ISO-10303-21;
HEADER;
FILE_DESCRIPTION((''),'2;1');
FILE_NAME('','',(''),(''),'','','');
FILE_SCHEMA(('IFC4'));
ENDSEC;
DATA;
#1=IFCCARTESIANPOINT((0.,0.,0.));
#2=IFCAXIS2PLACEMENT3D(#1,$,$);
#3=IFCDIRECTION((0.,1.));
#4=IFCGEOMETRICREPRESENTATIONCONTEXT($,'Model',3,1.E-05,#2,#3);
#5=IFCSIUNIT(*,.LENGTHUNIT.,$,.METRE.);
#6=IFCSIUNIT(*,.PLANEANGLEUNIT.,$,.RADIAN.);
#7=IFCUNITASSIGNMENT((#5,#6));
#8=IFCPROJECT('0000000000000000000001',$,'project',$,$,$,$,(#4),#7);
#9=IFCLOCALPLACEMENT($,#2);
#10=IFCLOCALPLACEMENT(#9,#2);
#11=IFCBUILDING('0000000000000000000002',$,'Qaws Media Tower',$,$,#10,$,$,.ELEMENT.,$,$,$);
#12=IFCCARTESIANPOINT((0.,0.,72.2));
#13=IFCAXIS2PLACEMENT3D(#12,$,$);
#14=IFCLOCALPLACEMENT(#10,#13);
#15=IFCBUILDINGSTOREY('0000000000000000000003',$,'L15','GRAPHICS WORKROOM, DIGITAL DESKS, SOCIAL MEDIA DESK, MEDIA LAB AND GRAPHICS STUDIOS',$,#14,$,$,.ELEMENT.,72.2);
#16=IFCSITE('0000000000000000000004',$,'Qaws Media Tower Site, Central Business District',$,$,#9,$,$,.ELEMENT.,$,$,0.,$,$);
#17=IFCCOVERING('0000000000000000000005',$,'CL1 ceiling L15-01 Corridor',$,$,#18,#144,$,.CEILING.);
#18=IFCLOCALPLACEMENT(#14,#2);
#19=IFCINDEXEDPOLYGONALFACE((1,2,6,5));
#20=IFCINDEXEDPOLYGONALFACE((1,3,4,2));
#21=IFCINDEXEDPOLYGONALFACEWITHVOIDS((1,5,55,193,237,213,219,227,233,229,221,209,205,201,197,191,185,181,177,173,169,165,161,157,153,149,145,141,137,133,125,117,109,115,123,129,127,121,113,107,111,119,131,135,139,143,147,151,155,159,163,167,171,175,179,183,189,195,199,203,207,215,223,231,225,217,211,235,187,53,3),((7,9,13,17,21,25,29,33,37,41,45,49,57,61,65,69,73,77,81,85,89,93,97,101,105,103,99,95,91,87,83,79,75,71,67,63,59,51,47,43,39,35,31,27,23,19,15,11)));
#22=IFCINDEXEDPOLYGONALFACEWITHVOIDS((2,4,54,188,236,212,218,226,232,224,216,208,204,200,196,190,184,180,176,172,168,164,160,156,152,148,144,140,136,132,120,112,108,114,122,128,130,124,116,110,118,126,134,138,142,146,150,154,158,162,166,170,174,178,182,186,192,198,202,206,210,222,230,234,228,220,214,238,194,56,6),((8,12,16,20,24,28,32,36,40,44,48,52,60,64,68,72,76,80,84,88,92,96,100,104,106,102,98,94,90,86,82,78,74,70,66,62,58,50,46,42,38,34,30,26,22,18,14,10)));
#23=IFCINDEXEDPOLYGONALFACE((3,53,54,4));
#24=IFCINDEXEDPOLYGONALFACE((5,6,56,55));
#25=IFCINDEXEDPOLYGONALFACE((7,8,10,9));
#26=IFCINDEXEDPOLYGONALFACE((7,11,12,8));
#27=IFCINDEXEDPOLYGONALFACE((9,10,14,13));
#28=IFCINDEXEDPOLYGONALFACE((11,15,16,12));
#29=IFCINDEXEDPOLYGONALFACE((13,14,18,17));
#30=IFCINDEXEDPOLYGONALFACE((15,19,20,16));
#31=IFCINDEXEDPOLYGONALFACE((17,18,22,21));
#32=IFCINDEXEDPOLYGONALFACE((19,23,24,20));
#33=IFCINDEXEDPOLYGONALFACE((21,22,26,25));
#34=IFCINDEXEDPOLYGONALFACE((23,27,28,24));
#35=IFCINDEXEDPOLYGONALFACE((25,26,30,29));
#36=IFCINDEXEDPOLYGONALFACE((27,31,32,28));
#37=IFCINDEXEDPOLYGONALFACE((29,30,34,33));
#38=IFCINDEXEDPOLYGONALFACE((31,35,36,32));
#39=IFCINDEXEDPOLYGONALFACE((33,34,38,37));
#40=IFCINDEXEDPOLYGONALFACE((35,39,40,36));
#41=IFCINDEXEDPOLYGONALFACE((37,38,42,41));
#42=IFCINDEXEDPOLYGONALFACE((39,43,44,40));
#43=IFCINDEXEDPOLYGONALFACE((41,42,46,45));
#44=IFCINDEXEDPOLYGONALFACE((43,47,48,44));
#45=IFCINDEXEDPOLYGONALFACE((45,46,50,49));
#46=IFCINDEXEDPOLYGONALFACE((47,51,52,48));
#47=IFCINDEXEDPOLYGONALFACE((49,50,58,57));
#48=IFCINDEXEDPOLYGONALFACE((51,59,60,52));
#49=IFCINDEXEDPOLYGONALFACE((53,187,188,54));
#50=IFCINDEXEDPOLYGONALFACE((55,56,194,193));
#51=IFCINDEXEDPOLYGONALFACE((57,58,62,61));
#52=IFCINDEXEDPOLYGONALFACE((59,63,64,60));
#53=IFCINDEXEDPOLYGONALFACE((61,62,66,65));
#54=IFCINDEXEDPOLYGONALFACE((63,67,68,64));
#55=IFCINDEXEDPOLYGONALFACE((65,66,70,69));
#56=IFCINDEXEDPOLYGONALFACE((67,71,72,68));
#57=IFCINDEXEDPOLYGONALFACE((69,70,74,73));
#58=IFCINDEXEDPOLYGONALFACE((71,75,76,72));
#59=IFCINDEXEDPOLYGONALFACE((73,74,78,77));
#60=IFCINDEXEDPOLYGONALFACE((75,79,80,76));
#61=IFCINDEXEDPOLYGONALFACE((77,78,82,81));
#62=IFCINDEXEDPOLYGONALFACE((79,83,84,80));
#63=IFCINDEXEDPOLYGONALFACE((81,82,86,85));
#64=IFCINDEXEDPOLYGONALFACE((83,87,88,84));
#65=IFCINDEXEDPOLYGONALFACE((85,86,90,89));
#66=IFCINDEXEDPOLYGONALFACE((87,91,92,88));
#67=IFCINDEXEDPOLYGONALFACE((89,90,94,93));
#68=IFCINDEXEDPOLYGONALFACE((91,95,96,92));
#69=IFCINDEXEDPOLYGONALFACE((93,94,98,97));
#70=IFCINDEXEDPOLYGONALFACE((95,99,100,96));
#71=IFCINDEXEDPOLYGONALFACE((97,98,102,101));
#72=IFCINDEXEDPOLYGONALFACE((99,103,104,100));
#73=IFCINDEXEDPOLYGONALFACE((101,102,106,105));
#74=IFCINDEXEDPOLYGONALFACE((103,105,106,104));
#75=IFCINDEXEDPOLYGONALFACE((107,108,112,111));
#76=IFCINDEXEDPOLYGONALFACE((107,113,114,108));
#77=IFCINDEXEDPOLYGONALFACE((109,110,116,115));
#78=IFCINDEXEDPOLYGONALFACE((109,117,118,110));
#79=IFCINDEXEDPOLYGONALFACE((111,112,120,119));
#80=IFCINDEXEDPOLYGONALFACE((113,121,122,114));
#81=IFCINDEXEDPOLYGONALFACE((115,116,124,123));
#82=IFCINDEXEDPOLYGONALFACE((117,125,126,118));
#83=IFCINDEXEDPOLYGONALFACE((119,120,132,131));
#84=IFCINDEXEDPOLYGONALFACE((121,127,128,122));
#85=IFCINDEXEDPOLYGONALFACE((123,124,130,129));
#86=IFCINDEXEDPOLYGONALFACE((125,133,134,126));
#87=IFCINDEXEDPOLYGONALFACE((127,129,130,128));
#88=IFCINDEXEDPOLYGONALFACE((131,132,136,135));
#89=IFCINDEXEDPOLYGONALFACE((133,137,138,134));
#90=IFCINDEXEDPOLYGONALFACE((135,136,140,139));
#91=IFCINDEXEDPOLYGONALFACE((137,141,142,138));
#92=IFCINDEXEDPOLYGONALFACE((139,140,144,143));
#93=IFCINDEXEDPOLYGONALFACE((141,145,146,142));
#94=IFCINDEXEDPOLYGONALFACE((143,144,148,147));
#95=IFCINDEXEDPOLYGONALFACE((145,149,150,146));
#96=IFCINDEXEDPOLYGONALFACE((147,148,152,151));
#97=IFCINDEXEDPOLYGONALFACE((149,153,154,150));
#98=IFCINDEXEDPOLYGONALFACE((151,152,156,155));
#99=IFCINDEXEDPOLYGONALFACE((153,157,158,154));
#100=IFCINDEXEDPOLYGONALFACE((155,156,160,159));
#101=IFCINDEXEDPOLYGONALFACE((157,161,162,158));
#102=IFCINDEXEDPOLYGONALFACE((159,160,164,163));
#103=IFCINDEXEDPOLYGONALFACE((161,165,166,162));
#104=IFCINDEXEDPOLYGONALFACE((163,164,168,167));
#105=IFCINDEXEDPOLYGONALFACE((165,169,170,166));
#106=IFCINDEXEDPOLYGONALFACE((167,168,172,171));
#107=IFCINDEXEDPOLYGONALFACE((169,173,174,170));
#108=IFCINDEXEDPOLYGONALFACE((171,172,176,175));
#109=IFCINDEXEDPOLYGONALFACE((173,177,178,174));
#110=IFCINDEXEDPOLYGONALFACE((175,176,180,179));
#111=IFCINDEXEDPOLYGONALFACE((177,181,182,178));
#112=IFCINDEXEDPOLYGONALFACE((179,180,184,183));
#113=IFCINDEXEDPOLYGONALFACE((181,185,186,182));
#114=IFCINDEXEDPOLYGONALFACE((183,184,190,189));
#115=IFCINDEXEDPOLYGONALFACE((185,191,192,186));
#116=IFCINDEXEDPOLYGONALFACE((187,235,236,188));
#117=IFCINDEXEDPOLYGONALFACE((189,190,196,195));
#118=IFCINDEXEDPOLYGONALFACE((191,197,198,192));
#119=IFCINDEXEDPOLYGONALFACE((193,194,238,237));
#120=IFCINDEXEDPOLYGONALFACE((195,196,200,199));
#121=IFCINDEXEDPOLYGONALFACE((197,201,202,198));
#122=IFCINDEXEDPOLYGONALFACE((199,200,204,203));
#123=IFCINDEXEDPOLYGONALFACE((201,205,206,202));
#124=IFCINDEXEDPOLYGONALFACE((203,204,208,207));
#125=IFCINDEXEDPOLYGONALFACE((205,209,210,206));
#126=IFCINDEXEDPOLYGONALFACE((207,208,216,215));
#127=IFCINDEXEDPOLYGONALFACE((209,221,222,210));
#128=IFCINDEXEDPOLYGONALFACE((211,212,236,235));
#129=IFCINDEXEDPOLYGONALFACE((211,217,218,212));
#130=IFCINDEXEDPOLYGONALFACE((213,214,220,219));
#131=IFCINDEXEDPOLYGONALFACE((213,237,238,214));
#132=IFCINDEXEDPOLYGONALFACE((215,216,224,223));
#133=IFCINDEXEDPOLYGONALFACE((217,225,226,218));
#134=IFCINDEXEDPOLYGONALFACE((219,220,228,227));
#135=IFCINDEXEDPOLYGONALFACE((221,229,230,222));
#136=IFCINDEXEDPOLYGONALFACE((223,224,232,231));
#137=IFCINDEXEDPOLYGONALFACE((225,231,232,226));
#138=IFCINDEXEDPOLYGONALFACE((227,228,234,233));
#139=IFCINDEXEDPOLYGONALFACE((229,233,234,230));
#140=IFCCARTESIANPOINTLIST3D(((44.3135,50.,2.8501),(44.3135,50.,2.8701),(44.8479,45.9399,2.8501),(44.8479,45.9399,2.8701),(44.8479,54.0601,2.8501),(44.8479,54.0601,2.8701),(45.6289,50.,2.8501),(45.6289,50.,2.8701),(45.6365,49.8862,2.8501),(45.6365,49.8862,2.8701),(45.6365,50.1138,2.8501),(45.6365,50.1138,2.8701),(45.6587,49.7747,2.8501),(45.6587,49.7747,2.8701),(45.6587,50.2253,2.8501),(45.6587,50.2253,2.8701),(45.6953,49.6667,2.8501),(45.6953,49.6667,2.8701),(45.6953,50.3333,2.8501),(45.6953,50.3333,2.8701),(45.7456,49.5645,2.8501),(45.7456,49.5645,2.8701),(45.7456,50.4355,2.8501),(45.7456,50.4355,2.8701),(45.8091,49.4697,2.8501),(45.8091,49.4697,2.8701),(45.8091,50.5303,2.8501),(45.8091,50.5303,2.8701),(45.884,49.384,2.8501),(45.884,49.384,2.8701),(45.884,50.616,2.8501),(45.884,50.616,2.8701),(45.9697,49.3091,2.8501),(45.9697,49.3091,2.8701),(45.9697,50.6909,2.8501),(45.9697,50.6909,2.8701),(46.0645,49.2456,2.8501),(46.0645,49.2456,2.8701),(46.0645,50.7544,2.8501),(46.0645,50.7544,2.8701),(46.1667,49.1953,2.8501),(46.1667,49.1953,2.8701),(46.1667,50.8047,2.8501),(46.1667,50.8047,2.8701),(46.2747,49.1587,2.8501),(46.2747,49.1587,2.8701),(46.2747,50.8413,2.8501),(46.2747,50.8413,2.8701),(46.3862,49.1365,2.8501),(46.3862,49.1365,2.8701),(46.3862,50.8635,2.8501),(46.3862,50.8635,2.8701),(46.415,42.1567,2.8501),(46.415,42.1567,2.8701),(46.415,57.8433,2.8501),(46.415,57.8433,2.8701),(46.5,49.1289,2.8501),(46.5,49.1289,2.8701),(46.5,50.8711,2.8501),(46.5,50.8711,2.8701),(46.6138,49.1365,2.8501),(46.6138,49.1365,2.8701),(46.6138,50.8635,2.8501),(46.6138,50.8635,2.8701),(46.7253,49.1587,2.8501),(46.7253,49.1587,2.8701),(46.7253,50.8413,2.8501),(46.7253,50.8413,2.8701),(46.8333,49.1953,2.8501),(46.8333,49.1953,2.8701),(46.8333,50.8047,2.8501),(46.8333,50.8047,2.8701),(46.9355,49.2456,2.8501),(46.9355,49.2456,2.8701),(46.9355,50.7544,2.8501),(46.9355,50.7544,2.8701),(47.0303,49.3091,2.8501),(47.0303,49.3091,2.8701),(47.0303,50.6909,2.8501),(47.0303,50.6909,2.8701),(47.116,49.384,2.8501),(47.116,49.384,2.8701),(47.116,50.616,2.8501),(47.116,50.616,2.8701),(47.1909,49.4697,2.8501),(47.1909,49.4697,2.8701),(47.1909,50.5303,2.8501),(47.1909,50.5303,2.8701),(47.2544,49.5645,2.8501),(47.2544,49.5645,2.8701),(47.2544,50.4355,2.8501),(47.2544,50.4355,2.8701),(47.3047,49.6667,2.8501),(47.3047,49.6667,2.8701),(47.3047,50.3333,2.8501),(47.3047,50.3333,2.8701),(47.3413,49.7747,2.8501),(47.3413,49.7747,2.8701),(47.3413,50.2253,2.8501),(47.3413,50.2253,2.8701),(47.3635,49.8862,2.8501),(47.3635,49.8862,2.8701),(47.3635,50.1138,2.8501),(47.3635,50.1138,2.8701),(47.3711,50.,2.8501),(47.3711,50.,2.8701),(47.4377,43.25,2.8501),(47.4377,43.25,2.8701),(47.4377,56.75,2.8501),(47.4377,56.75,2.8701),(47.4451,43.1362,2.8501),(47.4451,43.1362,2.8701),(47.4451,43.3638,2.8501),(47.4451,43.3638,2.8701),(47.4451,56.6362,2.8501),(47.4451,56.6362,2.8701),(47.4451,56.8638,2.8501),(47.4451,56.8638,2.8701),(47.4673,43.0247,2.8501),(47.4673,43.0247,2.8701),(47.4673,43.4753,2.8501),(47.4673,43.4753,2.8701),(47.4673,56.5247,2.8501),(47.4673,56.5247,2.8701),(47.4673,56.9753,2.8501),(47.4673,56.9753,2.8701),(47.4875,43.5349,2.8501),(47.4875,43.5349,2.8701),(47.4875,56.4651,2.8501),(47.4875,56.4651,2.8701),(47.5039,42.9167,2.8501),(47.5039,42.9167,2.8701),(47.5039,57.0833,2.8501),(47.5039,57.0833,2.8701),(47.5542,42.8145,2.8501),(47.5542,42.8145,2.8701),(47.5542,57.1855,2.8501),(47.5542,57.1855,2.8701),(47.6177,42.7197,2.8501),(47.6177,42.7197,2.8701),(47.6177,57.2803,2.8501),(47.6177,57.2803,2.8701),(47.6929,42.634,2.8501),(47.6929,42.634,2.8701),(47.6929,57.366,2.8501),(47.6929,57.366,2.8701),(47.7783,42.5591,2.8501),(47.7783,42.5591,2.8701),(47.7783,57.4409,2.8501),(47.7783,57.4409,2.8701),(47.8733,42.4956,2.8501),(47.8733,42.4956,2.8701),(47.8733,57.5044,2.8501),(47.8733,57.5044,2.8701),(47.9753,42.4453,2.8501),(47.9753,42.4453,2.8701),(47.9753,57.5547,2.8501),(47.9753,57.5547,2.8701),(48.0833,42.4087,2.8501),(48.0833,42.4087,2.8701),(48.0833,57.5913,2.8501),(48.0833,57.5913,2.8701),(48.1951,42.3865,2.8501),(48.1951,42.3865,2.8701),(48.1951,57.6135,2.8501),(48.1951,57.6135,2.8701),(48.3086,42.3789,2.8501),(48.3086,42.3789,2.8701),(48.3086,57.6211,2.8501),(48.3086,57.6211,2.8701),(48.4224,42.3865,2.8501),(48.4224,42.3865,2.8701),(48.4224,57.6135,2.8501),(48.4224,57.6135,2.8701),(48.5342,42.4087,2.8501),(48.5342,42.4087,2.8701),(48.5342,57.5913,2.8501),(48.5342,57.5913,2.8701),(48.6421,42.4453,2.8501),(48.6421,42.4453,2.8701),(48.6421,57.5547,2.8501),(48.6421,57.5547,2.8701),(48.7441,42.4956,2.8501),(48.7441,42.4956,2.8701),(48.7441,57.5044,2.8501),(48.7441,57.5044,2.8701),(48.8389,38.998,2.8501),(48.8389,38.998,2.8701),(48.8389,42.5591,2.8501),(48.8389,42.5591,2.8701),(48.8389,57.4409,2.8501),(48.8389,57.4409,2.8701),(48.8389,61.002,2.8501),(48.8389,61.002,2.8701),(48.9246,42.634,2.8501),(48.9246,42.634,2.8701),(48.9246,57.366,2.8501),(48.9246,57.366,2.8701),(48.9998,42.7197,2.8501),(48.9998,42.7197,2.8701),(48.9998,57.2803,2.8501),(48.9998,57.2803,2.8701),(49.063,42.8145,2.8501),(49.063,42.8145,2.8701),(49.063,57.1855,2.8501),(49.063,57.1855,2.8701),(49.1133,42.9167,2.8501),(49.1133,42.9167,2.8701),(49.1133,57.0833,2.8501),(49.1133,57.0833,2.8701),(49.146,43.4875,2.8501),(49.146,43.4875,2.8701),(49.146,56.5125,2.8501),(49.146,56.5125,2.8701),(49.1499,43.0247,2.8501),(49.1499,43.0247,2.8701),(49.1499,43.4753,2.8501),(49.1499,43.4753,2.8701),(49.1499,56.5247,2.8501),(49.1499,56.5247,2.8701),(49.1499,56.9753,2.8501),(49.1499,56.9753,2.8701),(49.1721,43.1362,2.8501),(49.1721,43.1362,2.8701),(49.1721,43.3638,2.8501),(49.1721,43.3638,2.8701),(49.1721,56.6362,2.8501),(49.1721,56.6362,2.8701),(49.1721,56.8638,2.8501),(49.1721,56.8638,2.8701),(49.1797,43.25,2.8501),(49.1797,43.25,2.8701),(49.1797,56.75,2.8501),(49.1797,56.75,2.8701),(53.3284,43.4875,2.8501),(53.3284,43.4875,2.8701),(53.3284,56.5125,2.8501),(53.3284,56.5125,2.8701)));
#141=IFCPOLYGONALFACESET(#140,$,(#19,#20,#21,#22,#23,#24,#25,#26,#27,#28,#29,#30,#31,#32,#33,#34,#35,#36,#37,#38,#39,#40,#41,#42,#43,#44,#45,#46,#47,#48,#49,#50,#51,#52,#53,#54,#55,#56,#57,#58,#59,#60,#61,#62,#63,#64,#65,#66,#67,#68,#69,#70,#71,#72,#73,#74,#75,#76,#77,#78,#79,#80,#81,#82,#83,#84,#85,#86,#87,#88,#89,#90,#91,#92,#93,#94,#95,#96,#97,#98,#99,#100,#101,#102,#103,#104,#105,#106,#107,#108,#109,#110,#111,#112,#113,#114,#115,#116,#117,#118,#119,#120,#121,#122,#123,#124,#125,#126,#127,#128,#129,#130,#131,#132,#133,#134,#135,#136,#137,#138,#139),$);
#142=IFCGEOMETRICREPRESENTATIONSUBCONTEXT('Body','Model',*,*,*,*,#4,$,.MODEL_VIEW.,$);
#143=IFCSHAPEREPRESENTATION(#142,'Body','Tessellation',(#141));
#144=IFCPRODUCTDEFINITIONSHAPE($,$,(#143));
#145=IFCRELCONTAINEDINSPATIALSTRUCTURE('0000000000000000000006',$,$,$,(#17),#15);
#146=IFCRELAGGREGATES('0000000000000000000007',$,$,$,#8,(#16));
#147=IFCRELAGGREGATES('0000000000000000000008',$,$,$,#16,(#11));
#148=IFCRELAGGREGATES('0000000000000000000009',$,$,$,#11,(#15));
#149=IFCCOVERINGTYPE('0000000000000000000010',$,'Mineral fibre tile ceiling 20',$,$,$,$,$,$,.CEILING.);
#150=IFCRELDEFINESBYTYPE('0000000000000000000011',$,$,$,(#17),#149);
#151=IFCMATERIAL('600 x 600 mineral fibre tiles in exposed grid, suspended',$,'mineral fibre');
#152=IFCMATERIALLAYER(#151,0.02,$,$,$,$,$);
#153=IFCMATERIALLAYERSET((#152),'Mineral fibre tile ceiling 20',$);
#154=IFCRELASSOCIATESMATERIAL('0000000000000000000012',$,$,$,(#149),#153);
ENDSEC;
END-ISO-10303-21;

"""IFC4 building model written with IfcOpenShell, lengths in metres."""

from ifc_helpers import new_model, si_unit, direction, frame, origin, place, context, subcontext, project, spatial, polyline, outline, extrude, material, layer, layer_set, type_object, element, save


model = new_model("IFC4")

# Units and contexts
model_context = context("Model", 3, precision=1e-05, world=origin(), true_north=direction((0.0, 1.0)))
body_context = subcontext(model_context, "Body", "Model", "MODEL_VIEW")
ifc_project = project(units=[si_unit("LENGTHUNIT", "METRE"), si_unit("PLANEANGLEUNIT", "RADIAN")], contexts=[model_context])

# Site, building, storey
site_placement = place(None, origin())
site = spatial("IfcSite", under=ifc_project, at=site_placement, Name="Qaws Media Tower Site, Central Business District", CompositionType="ELEMENT", RefElevation=0.0)
building_placement = place(site_placement, origin())
building = spatial("IfcBuilding", under=site, at=building_placement, Name="Qaws Media Tower", CompositionType="ELEMENT")
storey_placement = place(building_placement, frame((0.0, 0.0, 72.2)))
storey = spatial("IfcBuildingStorey", under=building, at=storey_placement, Name="L15", Description="GRAPHICS WORKROOM, DIGITAL DESKS, SOCIAL MEDIA DESK, MEDIA LAB AND GRAPHICS STUDIOS", CompositionType="ELEMENT", Elevation=72.2)

# Covering
ifc_material_1 = material(Name="600 x 600 mineral fibre tiles in exposed grid, suspended", Category="mineral fibre")
ifc_layer_1 = layer(ifc_material_1, 0.02)
ifc_layer_set_1 = layer_set([ifc_layer_1], Name="Mineral fibre tile ceiling 20")
covering_type_1 = type_object("IfcCoveringType", Name="Mineral fibre tile ceiling 20", PredefinedType="CEILING", material=ifc_layer_set_1)
covering_1_placement = place(storey_placement, frame((0.0, 0.0, 2.8501)))
element("IfcCovering", 1, at=covering_1_placement, inside=storey, type_object=covering_type_1, Name="CL1 ceiling L15-01 Corridor", PredefinedType="CEILING", context=body_context, shape_type="SweptSolid", body=[
    extrude(outline(polyline([(46.415, 42.1567), (44.8479, 45.9399), (44.3135, 50.0), (44.8479, 54.0601), (46.415, 57.8433), (48.8389, 61.002), (53.3284, 56.5125), (49.146, 56.5125), (49.1499, 56.5247), (49.1721, 56.6362), (49.1797, 56.75), (49.1721, 56.8638), (49.1499, 56.9753), (49.1133, 57.0833), (49.063, 57.1855), (48.9998, 57.2803), (48.9246, 57.366), (48.8389, 57.4409), (48.7441, 57.5044), (48.6421, 57.5547), (48.5342, 57.5913), (48.4224, 57.6135), (48.3086, 57.6211), (48.1951, 57.6135), (48.0833, 57.5913), (47.9753, 57.5547), (47.8733, 57.5044), (47.7783, 57.4409), (47.6929, 57.366), (47.6177, 57.2803), (47.5542, 57.1855), (47.5039, 57.0833), (47.4673, 56.9753), (47.4451, 56.8638), (47.4377, 56.75), (47.4451, 56.6362), (47.4673, 56.5247), (47.4875, 56.4651), (47.4875, 43.5349), (47.4673, 43.4753), (47.4451, 43.3638), (47.4377, 43.25), (47.4451, 43.1362), (47.4673, 43.0247), (47.5039, 42.9167), (47.5542, 42.8145), (47.6177, 42.7197), (47.6929, 42.634), (47.7783, 42.5591), (47.8733, 42.4956), (47.9753, 42.4453), (48.0833, 42.4087), (48.1951, 42.3865), (48.3086, 42.3789), (48.4224, 42.3865), (48.5342, 42.4087), (48.6421, 42.4453), (48.7441, 42.4956), (48.8389, 42.5591), (48.9246, 42.634), (48.9998, 42.7197), (49.063, 42.8145), (49.1133, 42.9167), (49.1499, 43.0247), (49.1721, 43.1362), (49.1797, 43.25), (49.1721, 43.3638), (49.1499, 43.4753), (49.146, 43.4875), (53.3284, 43.4875), (48.8389, 38.998), (46.415, 42.1567)]), holes=[polyline([(47.3047, 49.6667), (47.3413, 49.7747), (47.3635, 49.8862), (47.3711, 50.0), (47.3635, 50.1138), (47.3413, 50.2253), (47.3047, 50.3333), (47.2544, 50.4355), (47.1909, 50.5303), (47.116, 50.616), (47.0303, 50.6909), (46.9355, 50.7544), (46.8333, 50.8047), (46.7253, 50.8413), (46.6138, 50.8635), (46.5, 50.8711), (46.3862, 50.8635), (46.2747, 50.8413), (46.1667, 50.8047), (46.0645, 50.7544), (45.9697, 50.6909), (45.884, 50.616), (45.8091, 50.5303), (45.7456, 50.4355), (45.6953, 50.3333), (45.6587, 50.2253), (45.6365, 50.1138), (45.6289, 50.0), (45.6365, 49.8862), (45.6587, 49.7747), (45.6953, 49.6667), (45.7456, 49.5645), (45.8091, 49.4697), (45.884, 49.384), (45.9697, 49.3091), (46.0645, 49.2456), (46.1667, 49.1953), (46.2747, 49.1587), (46.3862, 49.1365), (46.5, 49.1289), (46.6138, 49.1365), (46.7253, 49.1587), (46.8333, 49.1953), (46.9355, 49.2456), (47.0303, 49.3091), (47.116, 49.384), (47.1909, 49.4697), (47.2544, 49.5645), (47.3047, 49.6667)])]), origin(), (0.0, 0.0, 1.0), 0.02),
])

save(model, "model.ifc")
